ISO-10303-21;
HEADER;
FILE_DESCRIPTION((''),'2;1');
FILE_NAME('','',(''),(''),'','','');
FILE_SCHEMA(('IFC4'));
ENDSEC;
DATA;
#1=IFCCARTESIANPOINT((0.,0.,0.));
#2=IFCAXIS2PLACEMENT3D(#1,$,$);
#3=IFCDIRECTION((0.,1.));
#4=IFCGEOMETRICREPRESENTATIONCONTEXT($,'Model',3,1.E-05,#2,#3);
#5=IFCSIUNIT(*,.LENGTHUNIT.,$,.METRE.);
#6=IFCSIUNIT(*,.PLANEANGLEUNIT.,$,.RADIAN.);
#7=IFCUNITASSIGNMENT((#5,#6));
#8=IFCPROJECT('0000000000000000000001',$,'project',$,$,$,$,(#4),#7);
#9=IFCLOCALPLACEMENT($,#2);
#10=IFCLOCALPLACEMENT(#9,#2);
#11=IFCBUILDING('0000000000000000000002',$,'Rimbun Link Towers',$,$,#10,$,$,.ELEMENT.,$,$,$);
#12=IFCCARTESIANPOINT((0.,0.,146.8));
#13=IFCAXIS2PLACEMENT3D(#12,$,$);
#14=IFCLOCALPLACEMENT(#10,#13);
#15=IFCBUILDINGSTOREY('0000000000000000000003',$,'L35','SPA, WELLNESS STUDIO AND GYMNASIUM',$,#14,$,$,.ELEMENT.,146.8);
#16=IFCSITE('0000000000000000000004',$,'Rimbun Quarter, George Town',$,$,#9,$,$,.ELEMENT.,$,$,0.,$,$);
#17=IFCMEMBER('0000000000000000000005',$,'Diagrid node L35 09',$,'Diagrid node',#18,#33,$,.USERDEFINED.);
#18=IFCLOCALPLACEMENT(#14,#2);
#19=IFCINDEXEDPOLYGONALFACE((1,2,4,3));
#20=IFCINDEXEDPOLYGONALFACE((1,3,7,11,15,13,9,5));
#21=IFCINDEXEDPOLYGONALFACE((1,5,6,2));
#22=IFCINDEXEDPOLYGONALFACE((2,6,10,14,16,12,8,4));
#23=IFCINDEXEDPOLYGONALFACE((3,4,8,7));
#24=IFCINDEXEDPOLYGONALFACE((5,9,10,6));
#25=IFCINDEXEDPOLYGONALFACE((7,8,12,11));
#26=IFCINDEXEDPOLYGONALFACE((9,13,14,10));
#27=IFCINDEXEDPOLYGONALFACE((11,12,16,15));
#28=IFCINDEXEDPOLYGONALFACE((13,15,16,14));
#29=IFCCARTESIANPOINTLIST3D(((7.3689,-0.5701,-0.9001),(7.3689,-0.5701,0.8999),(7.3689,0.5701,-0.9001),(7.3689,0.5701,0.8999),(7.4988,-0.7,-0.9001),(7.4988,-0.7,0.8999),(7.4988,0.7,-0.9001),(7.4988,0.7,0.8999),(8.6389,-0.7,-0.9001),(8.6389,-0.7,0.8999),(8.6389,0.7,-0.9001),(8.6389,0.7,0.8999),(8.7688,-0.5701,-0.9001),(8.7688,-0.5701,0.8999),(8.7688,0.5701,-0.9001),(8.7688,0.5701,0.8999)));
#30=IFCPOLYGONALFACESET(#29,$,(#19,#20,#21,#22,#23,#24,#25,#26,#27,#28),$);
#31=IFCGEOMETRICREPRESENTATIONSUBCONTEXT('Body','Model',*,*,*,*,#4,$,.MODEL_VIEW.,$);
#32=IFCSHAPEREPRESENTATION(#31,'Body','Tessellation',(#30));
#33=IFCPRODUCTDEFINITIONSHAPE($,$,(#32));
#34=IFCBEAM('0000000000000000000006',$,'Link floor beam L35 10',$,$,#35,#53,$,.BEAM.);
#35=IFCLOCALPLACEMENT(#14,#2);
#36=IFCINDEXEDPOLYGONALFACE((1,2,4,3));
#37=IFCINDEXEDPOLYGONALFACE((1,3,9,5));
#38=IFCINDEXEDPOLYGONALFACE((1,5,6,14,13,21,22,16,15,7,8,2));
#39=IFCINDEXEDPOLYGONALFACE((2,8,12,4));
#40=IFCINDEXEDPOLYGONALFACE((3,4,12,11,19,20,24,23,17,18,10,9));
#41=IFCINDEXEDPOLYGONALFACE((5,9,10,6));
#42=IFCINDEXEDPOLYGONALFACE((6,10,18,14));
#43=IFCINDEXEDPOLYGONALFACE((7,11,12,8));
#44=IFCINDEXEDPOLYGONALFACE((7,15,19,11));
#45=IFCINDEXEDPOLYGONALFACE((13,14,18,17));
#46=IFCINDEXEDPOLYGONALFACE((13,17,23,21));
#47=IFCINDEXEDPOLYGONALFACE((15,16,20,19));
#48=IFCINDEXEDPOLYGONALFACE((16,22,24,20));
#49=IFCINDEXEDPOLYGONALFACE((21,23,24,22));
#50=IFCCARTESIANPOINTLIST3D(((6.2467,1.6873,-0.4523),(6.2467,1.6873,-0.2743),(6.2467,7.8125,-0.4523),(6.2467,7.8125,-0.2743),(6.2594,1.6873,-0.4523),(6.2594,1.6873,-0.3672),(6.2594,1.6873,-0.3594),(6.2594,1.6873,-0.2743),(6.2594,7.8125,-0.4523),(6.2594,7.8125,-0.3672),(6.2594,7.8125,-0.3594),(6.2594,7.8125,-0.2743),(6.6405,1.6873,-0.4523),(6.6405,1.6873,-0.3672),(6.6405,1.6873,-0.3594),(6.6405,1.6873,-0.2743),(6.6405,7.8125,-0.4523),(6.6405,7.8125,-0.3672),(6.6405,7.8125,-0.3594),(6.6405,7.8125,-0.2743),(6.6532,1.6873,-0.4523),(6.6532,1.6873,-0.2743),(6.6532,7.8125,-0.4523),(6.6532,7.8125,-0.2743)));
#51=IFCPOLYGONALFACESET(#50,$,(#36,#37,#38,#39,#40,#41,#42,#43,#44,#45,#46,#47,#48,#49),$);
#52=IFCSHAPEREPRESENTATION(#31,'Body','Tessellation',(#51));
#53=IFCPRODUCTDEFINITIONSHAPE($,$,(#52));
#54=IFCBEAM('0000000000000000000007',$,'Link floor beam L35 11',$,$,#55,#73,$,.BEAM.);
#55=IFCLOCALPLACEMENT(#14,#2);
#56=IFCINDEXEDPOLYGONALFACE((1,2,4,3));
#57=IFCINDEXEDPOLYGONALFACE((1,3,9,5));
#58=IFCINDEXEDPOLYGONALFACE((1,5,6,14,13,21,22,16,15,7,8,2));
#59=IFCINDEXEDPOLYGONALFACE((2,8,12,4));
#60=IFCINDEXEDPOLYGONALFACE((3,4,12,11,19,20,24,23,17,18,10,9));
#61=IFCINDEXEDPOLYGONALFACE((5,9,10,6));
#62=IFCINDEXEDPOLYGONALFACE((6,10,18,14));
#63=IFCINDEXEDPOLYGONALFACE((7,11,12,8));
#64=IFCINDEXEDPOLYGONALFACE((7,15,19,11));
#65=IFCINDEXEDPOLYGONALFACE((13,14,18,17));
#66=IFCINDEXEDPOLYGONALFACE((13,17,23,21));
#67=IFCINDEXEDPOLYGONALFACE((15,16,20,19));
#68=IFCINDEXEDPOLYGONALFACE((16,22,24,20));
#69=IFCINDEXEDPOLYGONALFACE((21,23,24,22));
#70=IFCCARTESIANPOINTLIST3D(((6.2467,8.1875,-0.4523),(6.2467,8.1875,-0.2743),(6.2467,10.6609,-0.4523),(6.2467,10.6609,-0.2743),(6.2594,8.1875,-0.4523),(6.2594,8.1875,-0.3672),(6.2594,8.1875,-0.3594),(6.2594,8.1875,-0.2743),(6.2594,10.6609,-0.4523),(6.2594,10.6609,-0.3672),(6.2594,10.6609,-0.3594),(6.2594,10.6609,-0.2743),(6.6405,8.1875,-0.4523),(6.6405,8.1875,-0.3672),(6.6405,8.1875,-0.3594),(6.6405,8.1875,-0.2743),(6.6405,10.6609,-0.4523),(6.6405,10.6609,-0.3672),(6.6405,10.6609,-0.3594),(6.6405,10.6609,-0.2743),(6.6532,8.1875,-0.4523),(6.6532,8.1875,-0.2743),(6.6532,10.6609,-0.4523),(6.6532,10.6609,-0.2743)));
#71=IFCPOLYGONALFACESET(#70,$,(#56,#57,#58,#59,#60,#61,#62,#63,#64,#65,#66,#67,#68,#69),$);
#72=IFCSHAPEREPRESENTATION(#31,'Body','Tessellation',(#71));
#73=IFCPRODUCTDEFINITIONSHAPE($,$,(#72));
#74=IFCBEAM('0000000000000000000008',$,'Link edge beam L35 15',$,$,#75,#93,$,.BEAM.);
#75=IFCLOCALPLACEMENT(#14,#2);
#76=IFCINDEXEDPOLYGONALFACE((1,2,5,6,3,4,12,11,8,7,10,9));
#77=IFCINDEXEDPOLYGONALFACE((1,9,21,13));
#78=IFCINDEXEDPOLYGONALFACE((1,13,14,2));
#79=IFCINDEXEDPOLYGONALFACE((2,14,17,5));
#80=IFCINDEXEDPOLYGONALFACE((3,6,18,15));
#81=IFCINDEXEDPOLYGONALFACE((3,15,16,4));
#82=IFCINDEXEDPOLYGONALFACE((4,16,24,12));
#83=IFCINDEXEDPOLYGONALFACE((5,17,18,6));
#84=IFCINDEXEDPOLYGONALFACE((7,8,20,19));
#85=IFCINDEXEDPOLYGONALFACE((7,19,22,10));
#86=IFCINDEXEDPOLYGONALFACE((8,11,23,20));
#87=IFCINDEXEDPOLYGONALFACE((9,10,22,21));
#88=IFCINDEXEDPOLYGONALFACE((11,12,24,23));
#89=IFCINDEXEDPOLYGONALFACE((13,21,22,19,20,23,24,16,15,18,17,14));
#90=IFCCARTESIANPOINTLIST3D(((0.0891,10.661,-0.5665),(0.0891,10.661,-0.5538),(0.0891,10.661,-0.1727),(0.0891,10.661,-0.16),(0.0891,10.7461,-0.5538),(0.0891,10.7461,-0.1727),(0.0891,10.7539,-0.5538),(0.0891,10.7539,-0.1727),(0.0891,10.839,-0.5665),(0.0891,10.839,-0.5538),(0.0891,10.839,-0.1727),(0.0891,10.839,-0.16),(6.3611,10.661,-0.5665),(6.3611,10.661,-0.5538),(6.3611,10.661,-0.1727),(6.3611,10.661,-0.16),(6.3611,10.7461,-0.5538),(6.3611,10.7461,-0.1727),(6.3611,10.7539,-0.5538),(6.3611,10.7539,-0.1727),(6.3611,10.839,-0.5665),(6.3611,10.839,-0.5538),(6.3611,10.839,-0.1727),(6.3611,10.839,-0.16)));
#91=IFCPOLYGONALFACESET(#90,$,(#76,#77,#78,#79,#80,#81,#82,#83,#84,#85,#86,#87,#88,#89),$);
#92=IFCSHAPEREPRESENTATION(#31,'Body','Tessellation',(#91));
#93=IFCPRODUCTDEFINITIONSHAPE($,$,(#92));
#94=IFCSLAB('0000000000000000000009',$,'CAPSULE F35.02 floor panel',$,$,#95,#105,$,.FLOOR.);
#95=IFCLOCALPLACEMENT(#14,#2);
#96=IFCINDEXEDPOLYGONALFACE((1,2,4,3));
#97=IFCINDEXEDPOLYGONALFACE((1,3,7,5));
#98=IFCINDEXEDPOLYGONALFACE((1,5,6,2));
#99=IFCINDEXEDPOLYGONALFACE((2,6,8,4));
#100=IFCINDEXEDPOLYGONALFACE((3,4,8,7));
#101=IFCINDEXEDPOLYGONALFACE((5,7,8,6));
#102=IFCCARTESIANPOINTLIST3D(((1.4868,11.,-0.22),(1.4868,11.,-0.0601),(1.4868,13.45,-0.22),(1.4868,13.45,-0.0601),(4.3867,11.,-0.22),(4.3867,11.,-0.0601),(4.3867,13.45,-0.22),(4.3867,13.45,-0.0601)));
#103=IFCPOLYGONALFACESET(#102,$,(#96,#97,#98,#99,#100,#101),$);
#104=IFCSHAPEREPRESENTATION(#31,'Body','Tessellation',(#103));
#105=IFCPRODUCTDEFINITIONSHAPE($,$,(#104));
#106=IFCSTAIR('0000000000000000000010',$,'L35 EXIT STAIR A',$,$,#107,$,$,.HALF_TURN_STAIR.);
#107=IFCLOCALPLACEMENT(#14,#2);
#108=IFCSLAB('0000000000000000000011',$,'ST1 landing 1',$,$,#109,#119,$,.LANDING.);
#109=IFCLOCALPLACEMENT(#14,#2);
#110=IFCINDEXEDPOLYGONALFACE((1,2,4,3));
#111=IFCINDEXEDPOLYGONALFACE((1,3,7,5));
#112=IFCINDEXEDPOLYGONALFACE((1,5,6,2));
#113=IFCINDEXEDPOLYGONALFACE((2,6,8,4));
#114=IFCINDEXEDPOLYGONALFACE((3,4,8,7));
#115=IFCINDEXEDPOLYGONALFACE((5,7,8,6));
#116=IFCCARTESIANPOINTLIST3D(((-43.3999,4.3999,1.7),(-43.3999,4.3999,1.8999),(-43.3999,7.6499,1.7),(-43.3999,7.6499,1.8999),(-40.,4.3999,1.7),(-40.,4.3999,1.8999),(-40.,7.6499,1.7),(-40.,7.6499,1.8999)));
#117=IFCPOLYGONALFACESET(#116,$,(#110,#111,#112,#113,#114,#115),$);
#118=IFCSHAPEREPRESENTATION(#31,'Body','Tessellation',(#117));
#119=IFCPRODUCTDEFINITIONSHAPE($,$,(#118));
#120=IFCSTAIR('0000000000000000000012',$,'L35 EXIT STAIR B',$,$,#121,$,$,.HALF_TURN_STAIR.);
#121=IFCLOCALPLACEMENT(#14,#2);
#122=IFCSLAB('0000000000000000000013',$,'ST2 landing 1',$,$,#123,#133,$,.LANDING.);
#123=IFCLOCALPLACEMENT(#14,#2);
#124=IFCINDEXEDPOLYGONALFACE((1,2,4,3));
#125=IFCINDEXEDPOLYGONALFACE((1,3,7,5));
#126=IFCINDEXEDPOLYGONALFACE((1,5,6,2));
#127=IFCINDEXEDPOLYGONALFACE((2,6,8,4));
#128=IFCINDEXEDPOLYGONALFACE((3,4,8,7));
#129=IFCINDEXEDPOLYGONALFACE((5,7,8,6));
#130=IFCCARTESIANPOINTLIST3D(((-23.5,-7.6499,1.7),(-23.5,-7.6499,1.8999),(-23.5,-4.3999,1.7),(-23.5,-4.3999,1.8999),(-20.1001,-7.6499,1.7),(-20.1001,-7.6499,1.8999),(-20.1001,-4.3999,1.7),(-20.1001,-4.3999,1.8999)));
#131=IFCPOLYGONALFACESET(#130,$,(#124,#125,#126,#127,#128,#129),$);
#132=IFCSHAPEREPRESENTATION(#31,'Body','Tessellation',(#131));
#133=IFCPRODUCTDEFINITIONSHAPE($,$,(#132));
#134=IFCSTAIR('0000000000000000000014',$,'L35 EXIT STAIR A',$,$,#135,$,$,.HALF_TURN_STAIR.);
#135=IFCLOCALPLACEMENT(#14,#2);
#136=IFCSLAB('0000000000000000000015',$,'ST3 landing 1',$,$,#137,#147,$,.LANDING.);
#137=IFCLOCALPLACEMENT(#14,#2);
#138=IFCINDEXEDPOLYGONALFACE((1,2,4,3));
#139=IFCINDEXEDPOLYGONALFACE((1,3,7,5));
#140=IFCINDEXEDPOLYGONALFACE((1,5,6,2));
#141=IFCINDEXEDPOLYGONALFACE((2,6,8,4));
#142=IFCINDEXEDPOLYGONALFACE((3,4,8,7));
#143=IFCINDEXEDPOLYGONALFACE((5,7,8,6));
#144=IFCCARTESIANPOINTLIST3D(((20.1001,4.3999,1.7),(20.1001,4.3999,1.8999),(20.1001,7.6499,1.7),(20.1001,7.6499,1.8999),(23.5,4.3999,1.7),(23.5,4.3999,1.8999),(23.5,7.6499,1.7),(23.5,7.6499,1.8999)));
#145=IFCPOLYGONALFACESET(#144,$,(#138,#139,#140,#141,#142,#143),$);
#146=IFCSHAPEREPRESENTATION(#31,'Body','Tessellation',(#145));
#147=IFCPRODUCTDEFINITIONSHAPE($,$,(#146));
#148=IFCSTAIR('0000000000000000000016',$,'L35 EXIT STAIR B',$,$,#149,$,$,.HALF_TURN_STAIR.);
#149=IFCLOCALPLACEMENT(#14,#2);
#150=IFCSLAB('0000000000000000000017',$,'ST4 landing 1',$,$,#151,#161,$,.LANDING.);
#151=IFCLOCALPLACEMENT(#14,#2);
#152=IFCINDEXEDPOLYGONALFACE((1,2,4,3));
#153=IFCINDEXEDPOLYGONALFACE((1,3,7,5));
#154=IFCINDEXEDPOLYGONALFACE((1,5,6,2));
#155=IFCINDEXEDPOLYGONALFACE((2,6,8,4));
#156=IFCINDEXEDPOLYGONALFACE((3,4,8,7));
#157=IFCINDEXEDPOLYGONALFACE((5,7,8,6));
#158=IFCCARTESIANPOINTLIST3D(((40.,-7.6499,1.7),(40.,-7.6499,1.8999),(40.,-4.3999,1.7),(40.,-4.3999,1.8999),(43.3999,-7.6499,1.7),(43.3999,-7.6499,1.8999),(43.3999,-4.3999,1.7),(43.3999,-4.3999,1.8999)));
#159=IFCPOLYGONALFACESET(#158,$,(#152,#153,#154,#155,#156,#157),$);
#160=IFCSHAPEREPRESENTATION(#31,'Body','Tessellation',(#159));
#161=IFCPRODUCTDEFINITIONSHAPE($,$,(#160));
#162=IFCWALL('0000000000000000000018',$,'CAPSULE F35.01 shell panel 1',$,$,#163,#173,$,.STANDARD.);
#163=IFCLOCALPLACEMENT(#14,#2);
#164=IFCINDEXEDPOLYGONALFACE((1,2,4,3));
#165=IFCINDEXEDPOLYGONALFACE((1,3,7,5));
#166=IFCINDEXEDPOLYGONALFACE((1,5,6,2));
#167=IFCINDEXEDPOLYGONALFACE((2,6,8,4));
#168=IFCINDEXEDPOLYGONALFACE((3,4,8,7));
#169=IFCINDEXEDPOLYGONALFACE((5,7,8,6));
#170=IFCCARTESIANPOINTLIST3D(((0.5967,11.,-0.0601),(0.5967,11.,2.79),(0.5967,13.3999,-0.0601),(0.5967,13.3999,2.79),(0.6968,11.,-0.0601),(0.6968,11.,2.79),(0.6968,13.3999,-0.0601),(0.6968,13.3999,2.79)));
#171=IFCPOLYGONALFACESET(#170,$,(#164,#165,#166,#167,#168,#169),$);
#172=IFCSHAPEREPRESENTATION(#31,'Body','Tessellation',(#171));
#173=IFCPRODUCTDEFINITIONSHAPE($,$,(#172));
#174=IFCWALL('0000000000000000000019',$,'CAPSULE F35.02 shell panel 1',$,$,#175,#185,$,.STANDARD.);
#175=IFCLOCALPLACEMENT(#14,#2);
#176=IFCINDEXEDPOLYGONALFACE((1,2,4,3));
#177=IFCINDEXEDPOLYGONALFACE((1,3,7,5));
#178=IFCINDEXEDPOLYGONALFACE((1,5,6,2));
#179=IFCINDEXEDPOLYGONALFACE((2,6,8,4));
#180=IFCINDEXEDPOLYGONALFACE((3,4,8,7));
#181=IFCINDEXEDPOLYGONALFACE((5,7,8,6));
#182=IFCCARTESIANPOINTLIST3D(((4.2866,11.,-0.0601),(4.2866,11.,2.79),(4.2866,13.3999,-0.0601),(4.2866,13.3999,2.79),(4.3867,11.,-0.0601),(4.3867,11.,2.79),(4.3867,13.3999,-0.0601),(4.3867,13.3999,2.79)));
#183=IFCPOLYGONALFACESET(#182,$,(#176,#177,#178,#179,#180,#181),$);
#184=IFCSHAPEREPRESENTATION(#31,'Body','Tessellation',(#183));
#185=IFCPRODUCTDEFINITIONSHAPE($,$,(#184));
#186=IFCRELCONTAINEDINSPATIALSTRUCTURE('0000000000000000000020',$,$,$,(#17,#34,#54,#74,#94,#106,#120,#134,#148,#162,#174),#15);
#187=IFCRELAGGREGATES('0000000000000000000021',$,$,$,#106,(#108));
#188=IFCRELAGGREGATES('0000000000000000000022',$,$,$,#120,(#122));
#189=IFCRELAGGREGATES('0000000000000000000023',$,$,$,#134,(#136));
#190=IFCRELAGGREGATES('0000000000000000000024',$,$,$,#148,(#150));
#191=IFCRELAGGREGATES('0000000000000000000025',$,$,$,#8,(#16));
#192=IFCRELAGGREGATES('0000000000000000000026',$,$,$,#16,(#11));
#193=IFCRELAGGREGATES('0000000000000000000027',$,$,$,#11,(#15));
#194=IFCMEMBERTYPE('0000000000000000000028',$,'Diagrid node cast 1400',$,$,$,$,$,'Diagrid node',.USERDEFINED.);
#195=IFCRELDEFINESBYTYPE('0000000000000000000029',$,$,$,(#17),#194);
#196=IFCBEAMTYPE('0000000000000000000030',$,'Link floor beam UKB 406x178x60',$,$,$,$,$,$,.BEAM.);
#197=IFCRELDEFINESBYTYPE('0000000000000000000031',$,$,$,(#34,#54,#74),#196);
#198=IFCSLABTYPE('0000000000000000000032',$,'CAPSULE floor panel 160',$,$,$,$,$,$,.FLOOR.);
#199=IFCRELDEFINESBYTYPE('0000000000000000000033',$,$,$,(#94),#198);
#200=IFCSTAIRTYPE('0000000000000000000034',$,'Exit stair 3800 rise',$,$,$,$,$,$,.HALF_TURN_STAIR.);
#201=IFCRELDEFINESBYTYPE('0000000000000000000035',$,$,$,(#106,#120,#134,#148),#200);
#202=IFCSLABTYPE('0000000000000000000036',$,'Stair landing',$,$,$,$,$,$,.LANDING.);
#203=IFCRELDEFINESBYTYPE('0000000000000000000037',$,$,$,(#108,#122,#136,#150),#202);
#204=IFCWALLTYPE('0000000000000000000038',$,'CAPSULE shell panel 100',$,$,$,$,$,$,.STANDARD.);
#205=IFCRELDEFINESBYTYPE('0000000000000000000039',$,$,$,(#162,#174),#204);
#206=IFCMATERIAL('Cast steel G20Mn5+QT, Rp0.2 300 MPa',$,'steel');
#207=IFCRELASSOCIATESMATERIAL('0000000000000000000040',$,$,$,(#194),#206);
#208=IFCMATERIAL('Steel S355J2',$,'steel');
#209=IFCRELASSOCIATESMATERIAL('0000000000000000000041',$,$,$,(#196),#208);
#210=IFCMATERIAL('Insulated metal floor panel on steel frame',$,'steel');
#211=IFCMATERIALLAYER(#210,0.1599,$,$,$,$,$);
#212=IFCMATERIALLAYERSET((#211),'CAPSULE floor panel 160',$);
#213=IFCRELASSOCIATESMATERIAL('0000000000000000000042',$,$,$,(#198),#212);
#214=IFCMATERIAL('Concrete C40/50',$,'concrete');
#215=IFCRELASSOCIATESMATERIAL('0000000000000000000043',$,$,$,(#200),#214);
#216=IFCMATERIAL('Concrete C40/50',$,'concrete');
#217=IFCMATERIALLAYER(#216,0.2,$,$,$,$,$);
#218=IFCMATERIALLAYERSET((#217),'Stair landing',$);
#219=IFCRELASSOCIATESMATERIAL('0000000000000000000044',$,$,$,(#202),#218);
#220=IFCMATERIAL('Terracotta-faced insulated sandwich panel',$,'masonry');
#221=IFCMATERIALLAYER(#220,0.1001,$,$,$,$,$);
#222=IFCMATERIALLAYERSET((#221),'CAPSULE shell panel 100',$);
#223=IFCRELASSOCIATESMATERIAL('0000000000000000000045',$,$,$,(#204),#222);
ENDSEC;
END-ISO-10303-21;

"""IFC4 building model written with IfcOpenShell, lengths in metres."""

from ifc_helpers import new_model, si_unit, direction, frame, frame_2d, origin, origin_2d, place, context, subcontext, project, spatial, polyline, rectangle, i_section, outline, extrude, material, layer, layer_set, material_profile, profile_set, type_object, element, aggregate, save


model = new_model("IFC4")

# Units and contexts
model_context = context("Model", 3, precision=1e-05, world=origin(), true_north=direction((0.0, 1.0)))
body_context = subcontext(model_context, "Body", "Model", "MODEL_VIEW")
ifc_project = project(units=[si_unit("LENGTHUNIT", "METRE"), si_unit("PLANEANGLEUNIT", "RADIAN")], contexts=[model_context])

# Site, building, storey
site_placement = place(None, origin())
site = spatial("IfcSite", under=ifc_project, at=site_placement, Name="Rimbun Quarter, George Town", CompositionType="ELEMENT", RefElevation=0.0)
building_placement = place(site_placement, origin())
building = spatial("IfcBuilding", under=site, at=building_placement, Name="Rimbun Link Towers", CompositionType="ELEMENT")
storey_placement = place(building_placement, frame((0.0, 0.0, 146.8)))
storey = spatial("IfcBuildingStorey", under=building, at=storey_placement, Name="L35", Description="SPA, WELLNESS STUDIO AND GYMNASIUM", CompositionType="ELEMENT", Elevation=146.8)

# Member
ifc_material_1 = material(Name="Cast steel G20Mn5+QT, Rp0.2 300 MPa", Category="steel")
ifc_material_profile_1 = material_profile(ifc_material_1, outline(polyline([(0.7, -0.5701), (0.7, 0.5701), (0.5701, 0.7), (-0.5701, 0.7), (-0.7, 0.5701), (-0.7, -0.5701), (-0.5701, -0.7), (0.5701, -0.7), (0.7, -0.5701)])), Name="NODE 1400x1400")
ifc_profile_set_1 = profile_set([ifc_material_profile_1], Name="Cast steel G20Mn5+QT, Rp0.2 300 MPa")
member_type_1 = type_object("IfcMemberType", Name="Diagrid node cast 1400", ElementType="Diagrid node", PredefinedType="USERDEFINED", material=ifc_profile_set_1)
member_1_placement = place(storey_placement, frame((8.0688, 0.0, -0.9001), z_axis=(0.0, 0.0, 1.0), x_axis=(-1.0, 0.0, 0.0)))
element("IfcMember", 1, at=member_1_placement, inside=storey, type_object=member_type_1, Name="Diagrid node L35 09", ObjectType="Diagrid node", PredefinedType="USERDEFINED", context=body_context, shape_type="SweptSolid", body=[
    extrude(outline(polyline([(0.7, -0.5701), (0.7, 0.5701), (0.5701, 0.7), (-0.5701, 0.7), (-0.7, 0.5701), (-0.7, -0.5701), (-0.5701, -0.7), (0.5701, -0.7), (0.7, -0.5701)])), origin(), (0.0, 0.0, 1.0), 1.8),
])

# Beams
ifc_material_2 = material(Name="Steel S355J2", Category="steel")
ifc_material_profile_2 = material_profile(ifc_material_2, i_section(OverallWidth=0.178, OverallDepth=0.4065, WebThickness=0.0078, FlangeThickness=0.0127, at=origin_2d()), Name="UKB 406x178x60")
ifc_profile_set_2 = profile_set([ifc_material_profile_2], Name="Steel S355J2")
beam_type_1 = type_object("IfcBeamType", Name="Link floor beam UKB 406x178x60", PredefinedType="BEAM", material=ifc_profile_set_2)
beam_1_placement = place(storey_placement, frame((6.45, 1.6873, -0.3633), z_axis=(0.0, 1.0, 0.0), x_axis=(0.0, 0.0, 1.0)))
element("IfcBeam", 2, at=beam_1_placement, inside=storey, type_object=beam_type_1, Name="Link floor beam L35 10", PredefinedType="BEAM", context=body_context, shape_type="SweptSolid", body=[
    extrude(i_section(OverallWidth=0.178, OverallDepth=0.4065, WebThickness=0.0078, FlangeThickness=0.0127, at=origin_2d()), origin(), (0.0, 0.0, 1.0), 6.1252),
])
beam_2_placement = place(storey_placement, frame((6.45, 8.1875, -0.3633), z_axis=(0.0, 1.0, 0.0), x_axis=(0.0, 0.0, 1.0)))
element("IfcBeam", 3, at=beam_2_placement, inside=storey, type_object=beam_type_1, Name="Link floor beam L35 11", PredefinedType="BEAM", context=body_context, shape_type="SweptSolid", body=[
    extrude(i_section(OverallWidth=0.178, OverallDepth=0.4065, WebThickness=0.0078, FlangeThickness=0.0127, at=origin_2d()), origin(), (0.0, 0.0, 1.0), 2.4734),
])
beam_3_placement = place(storey_placement, frame((0.0891, 10.75, -0.3633), z_axis=(1.0, 0.0, 0.0), x_axis=(0.0, 1.0, 0.0)))
element("IfcBeam", 4, at=beam_3_placement, inside=storey, type_object=beam_type_1, Name="Link edge beam L35 15", PredefinedType="BEAM", context=body_context, shape_type="SweptSolid", body=[
    extrude(i_section(OverallWidth=0.178, OverallDepth=0.4065, WebThickness=0.0078, FlangeThickness=0.0127, at=origin_2d()), origin(), (0.0, 0.0, 1.0), 6.272),
])

# Slab
ifc_material_3 = material(Name="Insulated metal floor panel on steel frame", Category="steel")
ifc_layer_1 = layer(ifc_material_3, 0.1599)
ifc_layer_set_1 = layer_set([ifc_layer_1], Name="CAPSULE floor panel 160")
slab_type_1 = type_object("IfcSlabType", Name="CAPSULE floor panel 160", PredefinedType="FLOOR", material=ifc_layer_set_1)
slab_1_placement = place(storey_placement, frame((0.0, 0.0, -0.22)))
element("IfcSlab", 5, at=slab_1_placement, inside=storey, type_object=slab_type_1, Name="CAPSULE F35.02 floor panel", PredefinedType="FLOOR", context=body_context, shape_type="SweptSolid", body=[
    extrude(outline(polyline([(1.4868, 11.0), (4.3867, 11.0), (4.3867, 13.45), (1.4868, 13.45), (1.4868, 11.0)])), origin(), (0.0, 0.0, 1.0), 0.1599),
])

# Stairs, slabs
ifc_material_4 = material(Name="Concrete C40/50", Category="concrete")
stair_type = type_object("IfcStairType", Name="Exit stair 3800 rise", PredefinedType="HALF_TURN_STAIR", material=ifc_material_4)
stair_1_placement = place(storey_placement, origin())
stair_1 = element("IfcStair", 6, at=stair_1_placement, inside=storey, type_object=stair_type, Name="L35 EXIT STAIR A", PredefinedType="HALF_TURN_STAIR")
ifc_material_5 = material(Name="Concrete C40/50", Category="concrete")
ifc_layer_2 = layer(ifc_material_5, 0.2)
ifc_layer_set_2 = layer_set([ifc_layer_2], Name="Stair landing")
slab_type_2 = type_object("IfcSlabType", Name="Stair landing", PredefinedType="LANDING", material=ifc_layer_set_2)
slab_2_placement = place(storey_placement, frame((0.0, 0.0, 1.7)))
slab_2 = element("IfcSlab", 7, at=slab_2_placement, type_object=slab_type_2, Name="ST1 landing 1", PredefinedType="LANDING", context=body_context, shape_type="SweptSolid", body=[
    extrude(outline(polyline([(-40.0, 7.6499), (-43.3999, 7.6499), (-43.3999, 4.3999), (-40.0, 4.3999), (-40.0, 7.6499)])), origin(), (0.0, 0.0, 1.0), 0.2),
])
aggregate(stair_1, [slab_2])
stair_2_placement = place(storey_placement, origin())
stair_2 = element("IfcStair", 8, at=stair_2_placement, inside=storey, type_object=stair_type, Name="L35 EXIT STAIR B", PredefinedType="HALF_TURN_STAIR")
slab_3_placement = place(storey_placement, frame((0.0, 0.0, 1.7)))
slab_3 = element("IfcSlab", 9, at=slab_3_placement, type_object=slab_type_2, Name="ST2 landing 1", PredefinedType="LANDING", context=body_context, shape_type="SweptSolid", body=[
    extrude(outline(polyline([(-23.5, -7.6499), (-20.1001, -7.6499), (-20.1001, -4.3999), (-23.5, -4.3999), (-23.5, -7.6499)])), origin(), (0.0, 0.0, 1.0), 0.2),
])
aggregate(stair_2, [slab_3])
stair_3_placement = place(storey_placement, origin())
stair_3 = element("IfcStair", 10, at=stair_3_placement, inside=storey, type_object=stair_type, Name="L35 EXIT STAIR A", PredefinedType="HALF_TURN_STAIR")
slab_4_placement = place(storey_placement, frame((0.0, 0.0, 1.7)))
slab_4 = element("IfcSlab", 11, at=slab_4_placement, type_object=slab_type_2, Name="ST3 landing 1", PredefinedType="LANDING", context=body_context, shape_type="SweptSolid", body=[
    extrude(outline(polyline([(23.5, 7.6499), (20.1001, 7.6499), (20.1001, 4.3999), (23.5, 4.3999), (23.5, 7.6499)])), origin(), (0.0, 0.0, 1.0), 0.2),
])
aggregate(stair_3, [slab_4])
stair_4_placement = place(storey_placement, origin())
stair_4 = element("IfcStair", 12, at=stair_4_placement, inside=storey, type_object=stair_type, Name="L35 EXIT STAIR B", PredefinedType="HALF_TURN_STAIR")
slab_5_placement = place(storey_placement, frame((0.0, 0.0, 1.7)))
slab_5 = element("IfcSlab", 13, at=slab_5_placement, type_object=slab_type_2, Name="ST4 landing 1", PredefinedType="LANDING", context=body_context, shape_type="SweptSolid", body=[
    extrude(outline(polyline([(40.0, -7.6499), (43.3999, -7.6499), (43.3999, -4.3999), (40.0, -4.3999), (40.0, -7.6499)])), origin(), (0.0, 0.0, 1.0), 0.2),
])
aggregate(stair_4, [slab_5])

# Walls
ifc_material_6 = material(Name="Terracotta-faced insulated sandwich panel", Category="masonry")
ifc_layer_3 = layer(ifc_material_6, 0.1001)
ifc_layer_set_3 = layer_set([ifc_layer_3], Name="CAPSULE shell panel 100")
wall_type = type_object("IfcWallType", Name="CAPSULE shell panel 100", PredefinedType="STANDARD", material=ifc_layer_set_3)
for number, where, z_axis, x_axis, name in (
    (14, (0.6467, 11.0, -0.0601), (0.0, 0.0, 1.0), (0.0, 1.0, 0.0), "CAPSULE F35.01 shell panel 1"),
    (15, (4.3367, 11.0, -0.0601), (0.0, 0.0, 1.0), (0.0, 1.0, 0.0), "CAPSULE F35.02 shell panel 1"),
):
    element("IfcWall", number, at=place(storey_placement, frame(where, z_axis=z_axis, x_axis=x_axis)), inside=storey, type_object=wall_type, Name=name, PredefinedType="STANDARD", context=body_context, shape_type="SweptSolid", body=[
        extrude(rectangle(XDim=2.3999, YDim=0.1001, at=frame_2d((1.2, 0.0))), origin(), (0.0, 0.0, 1.0), 2.8501),
    ])

save(model, "model.ifc")
